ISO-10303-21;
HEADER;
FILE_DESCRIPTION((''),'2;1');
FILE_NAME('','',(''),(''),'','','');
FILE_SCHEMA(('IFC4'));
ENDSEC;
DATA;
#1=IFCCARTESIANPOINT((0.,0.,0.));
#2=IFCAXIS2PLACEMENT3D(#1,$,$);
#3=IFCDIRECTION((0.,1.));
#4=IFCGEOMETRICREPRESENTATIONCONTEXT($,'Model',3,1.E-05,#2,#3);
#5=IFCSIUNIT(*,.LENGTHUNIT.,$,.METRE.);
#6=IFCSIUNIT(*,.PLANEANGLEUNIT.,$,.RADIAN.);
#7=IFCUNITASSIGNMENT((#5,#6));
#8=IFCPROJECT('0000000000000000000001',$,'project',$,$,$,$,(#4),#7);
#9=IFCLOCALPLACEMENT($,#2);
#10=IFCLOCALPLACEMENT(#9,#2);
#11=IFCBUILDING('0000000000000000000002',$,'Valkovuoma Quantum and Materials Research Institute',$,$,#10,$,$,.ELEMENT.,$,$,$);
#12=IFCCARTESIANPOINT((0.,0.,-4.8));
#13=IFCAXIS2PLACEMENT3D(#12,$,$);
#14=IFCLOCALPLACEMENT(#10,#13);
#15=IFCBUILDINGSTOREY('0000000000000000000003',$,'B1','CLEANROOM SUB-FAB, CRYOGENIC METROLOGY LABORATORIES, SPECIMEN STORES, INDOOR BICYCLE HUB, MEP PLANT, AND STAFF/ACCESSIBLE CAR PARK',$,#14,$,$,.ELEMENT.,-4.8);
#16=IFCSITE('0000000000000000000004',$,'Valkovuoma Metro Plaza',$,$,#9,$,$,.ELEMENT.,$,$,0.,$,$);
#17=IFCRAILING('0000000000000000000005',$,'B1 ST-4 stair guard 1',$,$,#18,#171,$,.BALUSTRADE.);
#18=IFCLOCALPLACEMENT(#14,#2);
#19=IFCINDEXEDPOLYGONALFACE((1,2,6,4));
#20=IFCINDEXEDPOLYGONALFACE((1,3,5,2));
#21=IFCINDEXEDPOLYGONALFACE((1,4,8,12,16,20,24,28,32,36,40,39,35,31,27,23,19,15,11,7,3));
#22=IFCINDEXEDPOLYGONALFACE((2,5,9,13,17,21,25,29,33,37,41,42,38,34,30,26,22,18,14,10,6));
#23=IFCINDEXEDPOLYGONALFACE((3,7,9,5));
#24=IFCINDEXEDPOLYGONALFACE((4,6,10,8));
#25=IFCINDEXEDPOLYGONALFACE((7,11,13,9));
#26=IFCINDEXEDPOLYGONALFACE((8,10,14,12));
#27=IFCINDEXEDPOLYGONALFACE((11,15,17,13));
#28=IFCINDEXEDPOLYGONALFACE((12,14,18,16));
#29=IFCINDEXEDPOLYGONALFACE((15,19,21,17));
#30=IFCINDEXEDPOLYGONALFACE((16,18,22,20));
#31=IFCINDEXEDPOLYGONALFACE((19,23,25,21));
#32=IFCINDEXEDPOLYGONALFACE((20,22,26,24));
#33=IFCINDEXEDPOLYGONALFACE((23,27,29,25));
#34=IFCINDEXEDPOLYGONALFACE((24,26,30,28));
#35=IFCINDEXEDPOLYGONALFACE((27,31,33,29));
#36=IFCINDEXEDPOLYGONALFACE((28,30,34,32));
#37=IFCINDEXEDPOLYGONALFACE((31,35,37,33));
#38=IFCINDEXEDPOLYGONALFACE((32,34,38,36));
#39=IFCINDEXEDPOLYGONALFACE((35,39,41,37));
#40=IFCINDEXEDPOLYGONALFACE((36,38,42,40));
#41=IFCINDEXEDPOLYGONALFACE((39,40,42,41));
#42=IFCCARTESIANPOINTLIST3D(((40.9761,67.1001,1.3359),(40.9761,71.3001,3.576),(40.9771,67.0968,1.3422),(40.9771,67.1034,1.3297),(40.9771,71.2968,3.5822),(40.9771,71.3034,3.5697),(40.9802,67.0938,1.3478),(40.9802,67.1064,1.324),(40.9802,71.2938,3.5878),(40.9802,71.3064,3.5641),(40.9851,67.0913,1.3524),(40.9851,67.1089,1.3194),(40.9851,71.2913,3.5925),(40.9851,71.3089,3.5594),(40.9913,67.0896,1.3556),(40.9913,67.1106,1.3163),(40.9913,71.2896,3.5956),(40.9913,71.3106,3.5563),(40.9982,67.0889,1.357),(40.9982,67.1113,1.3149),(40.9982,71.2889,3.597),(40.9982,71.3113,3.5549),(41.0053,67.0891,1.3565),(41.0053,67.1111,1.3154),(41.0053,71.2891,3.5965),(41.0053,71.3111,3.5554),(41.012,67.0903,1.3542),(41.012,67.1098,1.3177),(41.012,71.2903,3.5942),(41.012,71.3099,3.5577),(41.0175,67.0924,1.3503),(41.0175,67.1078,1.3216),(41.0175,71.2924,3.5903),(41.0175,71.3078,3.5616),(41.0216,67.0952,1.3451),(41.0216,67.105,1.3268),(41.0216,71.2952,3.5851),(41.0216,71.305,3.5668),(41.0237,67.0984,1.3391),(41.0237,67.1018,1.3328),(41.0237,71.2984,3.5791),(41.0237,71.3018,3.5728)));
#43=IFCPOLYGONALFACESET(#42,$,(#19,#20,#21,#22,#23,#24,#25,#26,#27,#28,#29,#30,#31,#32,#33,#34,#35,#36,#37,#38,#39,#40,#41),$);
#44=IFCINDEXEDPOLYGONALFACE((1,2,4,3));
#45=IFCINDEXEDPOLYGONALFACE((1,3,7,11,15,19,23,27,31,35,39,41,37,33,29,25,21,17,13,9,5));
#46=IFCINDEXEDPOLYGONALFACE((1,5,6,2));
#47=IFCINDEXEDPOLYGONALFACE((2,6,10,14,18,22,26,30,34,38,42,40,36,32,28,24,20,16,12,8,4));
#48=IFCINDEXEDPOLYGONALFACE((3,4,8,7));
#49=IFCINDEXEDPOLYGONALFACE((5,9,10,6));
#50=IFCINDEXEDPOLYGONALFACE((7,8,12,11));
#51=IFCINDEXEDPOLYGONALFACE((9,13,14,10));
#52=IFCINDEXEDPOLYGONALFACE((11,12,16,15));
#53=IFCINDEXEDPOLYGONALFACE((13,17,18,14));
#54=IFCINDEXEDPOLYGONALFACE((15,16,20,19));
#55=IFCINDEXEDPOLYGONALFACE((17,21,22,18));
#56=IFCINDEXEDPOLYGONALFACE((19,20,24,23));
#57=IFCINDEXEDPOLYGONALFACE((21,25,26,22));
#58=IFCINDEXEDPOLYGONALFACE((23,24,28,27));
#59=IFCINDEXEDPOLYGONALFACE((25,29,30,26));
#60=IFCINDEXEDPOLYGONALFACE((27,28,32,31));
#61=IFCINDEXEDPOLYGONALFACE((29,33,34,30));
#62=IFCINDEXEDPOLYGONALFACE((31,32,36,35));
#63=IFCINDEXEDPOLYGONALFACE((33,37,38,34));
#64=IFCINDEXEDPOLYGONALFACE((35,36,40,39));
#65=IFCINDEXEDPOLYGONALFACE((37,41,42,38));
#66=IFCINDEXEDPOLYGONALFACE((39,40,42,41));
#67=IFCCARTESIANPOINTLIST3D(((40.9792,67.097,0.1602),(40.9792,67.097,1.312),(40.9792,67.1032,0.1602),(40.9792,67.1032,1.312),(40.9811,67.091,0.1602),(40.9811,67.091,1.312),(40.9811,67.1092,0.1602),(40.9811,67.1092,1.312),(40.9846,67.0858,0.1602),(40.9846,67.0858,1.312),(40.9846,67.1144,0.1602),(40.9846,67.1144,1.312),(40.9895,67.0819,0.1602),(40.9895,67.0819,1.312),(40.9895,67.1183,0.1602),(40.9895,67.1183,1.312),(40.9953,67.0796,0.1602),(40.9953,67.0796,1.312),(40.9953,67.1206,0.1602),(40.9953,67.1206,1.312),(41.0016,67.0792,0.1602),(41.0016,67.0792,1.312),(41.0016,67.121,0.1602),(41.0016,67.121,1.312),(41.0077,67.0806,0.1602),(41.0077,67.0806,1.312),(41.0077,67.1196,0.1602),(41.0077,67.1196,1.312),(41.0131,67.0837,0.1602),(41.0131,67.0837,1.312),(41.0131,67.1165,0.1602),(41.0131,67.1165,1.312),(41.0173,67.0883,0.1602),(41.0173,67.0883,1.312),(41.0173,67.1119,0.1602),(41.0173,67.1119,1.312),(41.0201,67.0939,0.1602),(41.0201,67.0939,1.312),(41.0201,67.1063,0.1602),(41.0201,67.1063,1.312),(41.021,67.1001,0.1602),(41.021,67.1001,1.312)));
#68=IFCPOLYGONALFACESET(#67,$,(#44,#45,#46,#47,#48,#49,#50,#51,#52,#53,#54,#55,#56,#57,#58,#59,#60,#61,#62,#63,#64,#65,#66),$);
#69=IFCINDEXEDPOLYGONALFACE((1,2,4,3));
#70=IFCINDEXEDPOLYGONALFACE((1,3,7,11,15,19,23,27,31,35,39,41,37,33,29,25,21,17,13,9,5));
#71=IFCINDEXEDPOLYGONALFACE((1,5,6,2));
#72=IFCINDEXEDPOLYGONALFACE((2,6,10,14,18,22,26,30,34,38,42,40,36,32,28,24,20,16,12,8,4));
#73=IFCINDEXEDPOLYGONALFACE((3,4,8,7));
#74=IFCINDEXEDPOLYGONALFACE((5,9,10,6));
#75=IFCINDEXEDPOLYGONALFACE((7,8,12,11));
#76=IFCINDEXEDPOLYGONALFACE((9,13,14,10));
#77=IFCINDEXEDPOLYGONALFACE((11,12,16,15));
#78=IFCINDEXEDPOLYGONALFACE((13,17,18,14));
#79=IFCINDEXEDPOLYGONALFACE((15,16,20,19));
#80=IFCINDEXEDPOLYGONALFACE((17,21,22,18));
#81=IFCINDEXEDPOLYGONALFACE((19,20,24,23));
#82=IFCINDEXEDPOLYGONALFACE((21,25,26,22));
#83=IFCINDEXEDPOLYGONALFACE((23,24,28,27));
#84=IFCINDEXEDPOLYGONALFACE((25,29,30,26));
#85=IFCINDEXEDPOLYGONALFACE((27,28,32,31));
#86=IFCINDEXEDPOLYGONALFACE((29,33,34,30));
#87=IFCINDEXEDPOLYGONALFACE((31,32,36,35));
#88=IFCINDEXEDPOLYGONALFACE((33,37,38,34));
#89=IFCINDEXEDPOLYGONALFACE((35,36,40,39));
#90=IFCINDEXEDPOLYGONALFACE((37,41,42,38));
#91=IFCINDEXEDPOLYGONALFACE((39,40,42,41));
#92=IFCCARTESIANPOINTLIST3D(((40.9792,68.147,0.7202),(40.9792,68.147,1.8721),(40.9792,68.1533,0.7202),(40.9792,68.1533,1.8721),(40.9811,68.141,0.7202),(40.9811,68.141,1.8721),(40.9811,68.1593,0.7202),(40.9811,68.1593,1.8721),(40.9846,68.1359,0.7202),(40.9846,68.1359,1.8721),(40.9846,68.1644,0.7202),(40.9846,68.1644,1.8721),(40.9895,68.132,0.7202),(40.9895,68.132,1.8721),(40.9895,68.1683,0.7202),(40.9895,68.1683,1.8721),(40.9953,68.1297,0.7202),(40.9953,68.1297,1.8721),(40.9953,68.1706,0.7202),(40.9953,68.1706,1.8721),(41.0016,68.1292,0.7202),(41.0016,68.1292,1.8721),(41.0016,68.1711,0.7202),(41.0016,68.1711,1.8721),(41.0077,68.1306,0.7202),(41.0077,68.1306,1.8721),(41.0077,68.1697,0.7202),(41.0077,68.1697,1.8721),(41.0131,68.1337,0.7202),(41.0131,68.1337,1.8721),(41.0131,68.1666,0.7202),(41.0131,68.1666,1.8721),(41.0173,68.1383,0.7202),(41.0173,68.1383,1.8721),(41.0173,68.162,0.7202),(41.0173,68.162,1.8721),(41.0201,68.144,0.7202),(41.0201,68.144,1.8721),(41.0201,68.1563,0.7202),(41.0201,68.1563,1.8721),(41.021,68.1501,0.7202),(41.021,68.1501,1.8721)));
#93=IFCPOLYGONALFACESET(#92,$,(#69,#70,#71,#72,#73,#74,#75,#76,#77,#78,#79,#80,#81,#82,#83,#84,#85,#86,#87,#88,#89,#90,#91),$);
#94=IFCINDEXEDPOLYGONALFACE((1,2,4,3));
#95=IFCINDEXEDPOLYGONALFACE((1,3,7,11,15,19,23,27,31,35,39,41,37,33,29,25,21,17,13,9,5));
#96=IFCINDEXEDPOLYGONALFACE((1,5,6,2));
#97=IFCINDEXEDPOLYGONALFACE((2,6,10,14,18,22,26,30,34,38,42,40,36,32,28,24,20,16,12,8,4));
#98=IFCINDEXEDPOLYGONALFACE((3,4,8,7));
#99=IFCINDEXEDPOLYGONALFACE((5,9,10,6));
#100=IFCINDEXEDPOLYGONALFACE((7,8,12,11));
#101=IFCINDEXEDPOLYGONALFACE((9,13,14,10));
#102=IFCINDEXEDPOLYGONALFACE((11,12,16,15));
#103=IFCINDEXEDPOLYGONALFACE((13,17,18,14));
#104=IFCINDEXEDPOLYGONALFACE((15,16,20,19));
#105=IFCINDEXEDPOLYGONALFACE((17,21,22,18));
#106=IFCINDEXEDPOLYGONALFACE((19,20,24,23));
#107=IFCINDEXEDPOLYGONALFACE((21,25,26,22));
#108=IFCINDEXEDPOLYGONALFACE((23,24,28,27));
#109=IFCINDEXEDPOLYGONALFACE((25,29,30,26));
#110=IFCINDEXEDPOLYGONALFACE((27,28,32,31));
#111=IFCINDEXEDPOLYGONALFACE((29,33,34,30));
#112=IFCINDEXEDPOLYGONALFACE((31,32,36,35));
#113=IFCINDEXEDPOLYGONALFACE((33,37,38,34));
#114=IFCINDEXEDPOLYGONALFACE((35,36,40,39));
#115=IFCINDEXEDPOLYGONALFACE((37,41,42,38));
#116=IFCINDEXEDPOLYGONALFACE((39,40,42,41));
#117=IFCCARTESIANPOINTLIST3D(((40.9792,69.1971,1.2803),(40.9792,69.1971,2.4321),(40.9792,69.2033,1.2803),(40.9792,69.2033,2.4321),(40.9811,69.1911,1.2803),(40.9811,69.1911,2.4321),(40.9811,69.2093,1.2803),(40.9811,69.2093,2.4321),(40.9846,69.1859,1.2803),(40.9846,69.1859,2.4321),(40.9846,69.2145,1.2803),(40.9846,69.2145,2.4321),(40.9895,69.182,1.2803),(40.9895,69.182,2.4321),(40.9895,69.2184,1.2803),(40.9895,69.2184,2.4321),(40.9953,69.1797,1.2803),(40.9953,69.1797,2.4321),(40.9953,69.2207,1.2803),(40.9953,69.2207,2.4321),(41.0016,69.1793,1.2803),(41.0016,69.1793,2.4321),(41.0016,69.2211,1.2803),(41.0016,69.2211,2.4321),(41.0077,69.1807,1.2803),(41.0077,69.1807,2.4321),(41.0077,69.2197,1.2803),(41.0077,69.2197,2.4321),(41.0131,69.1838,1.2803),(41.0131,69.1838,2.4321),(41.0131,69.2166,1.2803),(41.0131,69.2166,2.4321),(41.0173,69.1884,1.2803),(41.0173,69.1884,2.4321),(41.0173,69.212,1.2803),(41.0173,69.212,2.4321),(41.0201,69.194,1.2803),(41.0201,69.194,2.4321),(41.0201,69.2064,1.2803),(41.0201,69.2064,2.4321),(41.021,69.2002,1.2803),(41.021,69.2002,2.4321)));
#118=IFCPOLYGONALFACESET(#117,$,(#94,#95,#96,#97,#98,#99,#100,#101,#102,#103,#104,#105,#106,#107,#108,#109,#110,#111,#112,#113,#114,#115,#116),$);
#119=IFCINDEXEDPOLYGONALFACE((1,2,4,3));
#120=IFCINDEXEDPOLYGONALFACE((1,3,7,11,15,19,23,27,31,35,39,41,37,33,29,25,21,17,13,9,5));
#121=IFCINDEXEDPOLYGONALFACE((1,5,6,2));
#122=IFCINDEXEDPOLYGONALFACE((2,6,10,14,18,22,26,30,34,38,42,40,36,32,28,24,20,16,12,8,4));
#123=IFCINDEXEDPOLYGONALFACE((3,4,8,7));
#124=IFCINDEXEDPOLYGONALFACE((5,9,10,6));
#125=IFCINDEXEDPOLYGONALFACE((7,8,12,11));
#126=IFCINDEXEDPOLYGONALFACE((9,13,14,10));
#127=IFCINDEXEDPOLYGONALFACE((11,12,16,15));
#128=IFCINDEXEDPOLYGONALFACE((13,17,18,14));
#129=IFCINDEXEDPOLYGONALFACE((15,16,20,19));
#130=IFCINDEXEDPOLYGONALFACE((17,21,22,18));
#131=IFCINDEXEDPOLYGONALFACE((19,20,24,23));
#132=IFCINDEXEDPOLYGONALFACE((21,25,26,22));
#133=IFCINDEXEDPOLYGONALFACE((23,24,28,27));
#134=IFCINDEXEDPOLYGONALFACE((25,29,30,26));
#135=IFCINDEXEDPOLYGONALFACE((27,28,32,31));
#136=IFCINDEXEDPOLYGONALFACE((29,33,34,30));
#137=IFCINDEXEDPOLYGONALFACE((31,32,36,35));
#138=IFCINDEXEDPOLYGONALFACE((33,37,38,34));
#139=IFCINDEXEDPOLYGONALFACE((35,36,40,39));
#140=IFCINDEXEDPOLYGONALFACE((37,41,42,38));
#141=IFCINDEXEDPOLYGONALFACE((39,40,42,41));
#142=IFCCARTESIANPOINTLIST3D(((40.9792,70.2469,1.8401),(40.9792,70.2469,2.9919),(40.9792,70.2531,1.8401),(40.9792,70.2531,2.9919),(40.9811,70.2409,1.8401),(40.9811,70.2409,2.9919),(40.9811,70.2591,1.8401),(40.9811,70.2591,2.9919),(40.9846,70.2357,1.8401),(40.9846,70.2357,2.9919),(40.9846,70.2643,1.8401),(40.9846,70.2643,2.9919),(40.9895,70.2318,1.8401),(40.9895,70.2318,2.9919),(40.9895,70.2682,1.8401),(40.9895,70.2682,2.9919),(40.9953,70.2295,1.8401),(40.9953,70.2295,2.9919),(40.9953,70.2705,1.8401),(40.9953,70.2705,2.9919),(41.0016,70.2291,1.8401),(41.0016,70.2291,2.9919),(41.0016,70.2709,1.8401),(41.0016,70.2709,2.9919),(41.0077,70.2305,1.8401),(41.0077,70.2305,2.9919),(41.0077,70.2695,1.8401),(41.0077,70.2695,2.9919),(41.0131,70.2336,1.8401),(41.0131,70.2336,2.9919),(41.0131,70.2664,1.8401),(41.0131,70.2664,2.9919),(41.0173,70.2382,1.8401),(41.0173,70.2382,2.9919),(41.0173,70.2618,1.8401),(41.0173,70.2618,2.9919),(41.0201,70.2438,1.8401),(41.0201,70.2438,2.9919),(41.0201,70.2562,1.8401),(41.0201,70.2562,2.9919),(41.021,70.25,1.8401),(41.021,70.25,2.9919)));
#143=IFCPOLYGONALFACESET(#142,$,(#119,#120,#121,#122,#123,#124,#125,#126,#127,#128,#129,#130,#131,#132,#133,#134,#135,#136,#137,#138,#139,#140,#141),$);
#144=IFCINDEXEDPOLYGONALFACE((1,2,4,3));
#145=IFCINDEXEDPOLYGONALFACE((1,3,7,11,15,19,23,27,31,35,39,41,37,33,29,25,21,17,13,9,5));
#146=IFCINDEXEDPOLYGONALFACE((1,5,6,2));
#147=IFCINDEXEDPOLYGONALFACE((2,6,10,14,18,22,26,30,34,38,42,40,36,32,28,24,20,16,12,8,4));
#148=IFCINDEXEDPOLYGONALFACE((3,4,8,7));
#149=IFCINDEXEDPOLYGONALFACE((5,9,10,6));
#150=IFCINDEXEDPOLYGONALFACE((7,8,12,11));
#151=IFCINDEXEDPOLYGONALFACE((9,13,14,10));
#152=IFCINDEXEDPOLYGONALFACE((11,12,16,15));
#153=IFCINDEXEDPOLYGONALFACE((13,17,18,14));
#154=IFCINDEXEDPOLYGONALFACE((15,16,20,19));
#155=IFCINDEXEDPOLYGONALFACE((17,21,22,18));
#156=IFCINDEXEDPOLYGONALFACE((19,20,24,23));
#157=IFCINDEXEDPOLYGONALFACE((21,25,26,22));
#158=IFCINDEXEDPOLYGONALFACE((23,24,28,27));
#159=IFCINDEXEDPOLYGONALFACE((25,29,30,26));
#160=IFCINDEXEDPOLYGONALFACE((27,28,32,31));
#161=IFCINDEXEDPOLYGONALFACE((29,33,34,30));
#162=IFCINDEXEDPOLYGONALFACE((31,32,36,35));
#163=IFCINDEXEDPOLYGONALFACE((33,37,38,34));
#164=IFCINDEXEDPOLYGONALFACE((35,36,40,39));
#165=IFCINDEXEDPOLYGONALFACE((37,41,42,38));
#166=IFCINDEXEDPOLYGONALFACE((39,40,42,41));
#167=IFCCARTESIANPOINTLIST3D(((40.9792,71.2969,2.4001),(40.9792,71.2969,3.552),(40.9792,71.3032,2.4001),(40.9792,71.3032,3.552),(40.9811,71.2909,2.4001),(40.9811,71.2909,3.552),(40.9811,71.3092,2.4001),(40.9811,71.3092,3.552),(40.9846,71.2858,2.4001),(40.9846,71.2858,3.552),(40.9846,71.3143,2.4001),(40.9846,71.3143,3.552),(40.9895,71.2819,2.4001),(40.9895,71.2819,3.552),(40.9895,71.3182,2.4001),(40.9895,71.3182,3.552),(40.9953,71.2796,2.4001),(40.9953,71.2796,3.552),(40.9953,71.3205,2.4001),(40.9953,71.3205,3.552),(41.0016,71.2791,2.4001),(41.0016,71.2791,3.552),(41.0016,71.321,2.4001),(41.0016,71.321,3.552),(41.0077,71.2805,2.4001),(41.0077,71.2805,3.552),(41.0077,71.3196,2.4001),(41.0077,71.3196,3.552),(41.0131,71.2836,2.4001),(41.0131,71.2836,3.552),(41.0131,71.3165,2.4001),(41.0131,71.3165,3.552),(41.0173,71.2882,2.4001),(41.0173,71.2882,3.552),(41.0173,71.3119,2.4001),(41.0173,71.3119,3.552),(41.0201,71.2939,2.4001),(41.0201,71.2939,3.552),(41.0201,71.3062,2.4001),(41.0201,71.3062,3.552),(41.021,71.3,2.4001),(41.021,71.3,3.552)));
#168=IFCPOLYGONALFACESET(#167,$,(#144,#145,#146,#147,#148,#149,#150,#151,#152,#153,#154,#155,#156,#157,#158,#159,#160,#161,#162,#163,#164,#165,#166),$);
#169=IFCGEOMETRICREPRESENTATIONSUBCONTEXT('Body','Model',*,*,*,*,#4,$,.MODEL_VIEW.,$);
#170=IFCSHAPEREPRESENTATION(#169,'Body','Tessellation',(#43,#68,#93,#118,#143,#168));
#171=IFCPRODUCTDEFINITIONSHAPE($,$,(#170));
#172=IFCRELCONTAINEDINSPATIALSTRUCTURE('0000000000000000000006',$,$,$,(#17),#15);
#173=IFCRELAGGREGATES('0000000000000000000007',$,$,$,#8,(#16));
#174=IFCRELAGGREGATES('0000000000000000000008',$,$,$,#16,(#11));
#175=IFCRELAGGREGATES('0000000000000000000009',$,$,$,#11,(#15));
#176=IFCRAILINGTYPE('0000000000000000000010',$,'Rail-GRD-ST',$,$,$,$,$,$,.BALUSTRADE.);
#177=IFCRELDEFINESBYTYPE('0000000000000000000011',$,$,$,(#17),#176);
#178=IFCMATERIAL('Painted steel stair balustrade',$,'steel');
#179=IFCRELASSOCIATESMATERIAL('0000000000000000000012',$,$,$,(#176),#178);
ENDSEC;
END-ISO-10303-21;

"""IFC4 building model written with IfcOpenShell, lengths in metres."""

from ifc_helpers import new_model, si_unit, direction, frame, origin, origin_2d, place, context, subcontext, project, spatial, circle, extrude, material, type_object, element, save


model = new_model("IFC4")

# Units and contexts
model_context = context("Model", 3, precision=1e-05, world=origin(), true_north=direction((0.0, 1.0)))
body_context = subcontext(model_context, "Body", "Model", "MODEL_VIEW")
ifc_project = project(units=[si_unit("LENGTHUNIT", "METRE"), si_unit("PLANEANGLEUNIT", "RADIAN")], contexts=[model_context])

# Site, building, storey
site_placement = place(None, origin())
site = spatial("IfcSite", under=ifc_project, at=site_placement, Name="Valkovuoma Metro Plaza", CompositionType="ELEMENT", RefElevation=0.0)
building_placement = place(site_placement, origin())
building = spatial("IfcBuilding", under=site, at=building_placement, Name="Valkovuoma Quantum and Materials Research Institute", CompositionType="ELEMENT")
storey_placement = place(building_placement, frame((0.0, 0.0, -4.8)))
storey = spatial("IfcBuildingStorey", under=building, at=storey_placement, Name="B1", Description="CLEANROOM SUB-FAB, CRYOGENIC METROLOGY LABORATORIES, SPECIMEN STORES, INDOOR BICYCLE HUB, MEP PLANT, AND STAFF/ACCESSIBLE CAR PARK", CompositionType="ELEMENT", Elevation=-4.8)

# Railing
ifc_material_1 = material(Name="Painted steel stair balustrade", Category="steel")
railing_type_1 = type_object("IfcRailingType", Name="Rail-GRD-ST", PredefinedType="BALUSTRADE", material=ifc_material_1)
railing_1_placement = place(storey_placement, frame((41.0, 67.1001, 0.1602)))
element("IfcRailing", 1, at=railing_1_placement, inside=storey, type_object=railing_type_1, Name="B1 ST-4 stair guard 1", PredefinedType="BALUSTRADE", context=body_context, shape_type="SweptSolid", body=[
    extrude(circle(Radius=0.0239, at=origin_2d()), frame((0.0, 0.0, 1.1758), z_axis=(0.0, 0.882352, 0.470591), x_axis=(-1.0, 0.0, 0.0)), (0.0, 0.0, 1.0), 4.76),
    extrude(circle(Radius=0.021, at=origin_2d()), origin(), (0.0, 0.0, 1.0), 1.1519),
    extrude(circle(Radius=0.021, at=origin_2d()), frame((0.0, 1.05, 0.5601)), (0.0, 0.0, 1.0), 1.1519),
    extrude(circle(Radius=0.021, at=origin_2d()), frame((0.0, 2.1001, 1.1201)), (0.0, 0.0, 1.0), 1.1519),
    extrude(circle(Radius=0.021, at=origin_2d()), frame((0.0, 3.1499, 1.6799)), (0.0, 0.0, 1.0), 1.1519),
    extrude(circle(Radius=0.021, at=origin_2d()), frame((0.0, 4.2, 2.24)), (0.0, 0.0, 1.0), 1.1519),
])

save(model, "model.ifc")
